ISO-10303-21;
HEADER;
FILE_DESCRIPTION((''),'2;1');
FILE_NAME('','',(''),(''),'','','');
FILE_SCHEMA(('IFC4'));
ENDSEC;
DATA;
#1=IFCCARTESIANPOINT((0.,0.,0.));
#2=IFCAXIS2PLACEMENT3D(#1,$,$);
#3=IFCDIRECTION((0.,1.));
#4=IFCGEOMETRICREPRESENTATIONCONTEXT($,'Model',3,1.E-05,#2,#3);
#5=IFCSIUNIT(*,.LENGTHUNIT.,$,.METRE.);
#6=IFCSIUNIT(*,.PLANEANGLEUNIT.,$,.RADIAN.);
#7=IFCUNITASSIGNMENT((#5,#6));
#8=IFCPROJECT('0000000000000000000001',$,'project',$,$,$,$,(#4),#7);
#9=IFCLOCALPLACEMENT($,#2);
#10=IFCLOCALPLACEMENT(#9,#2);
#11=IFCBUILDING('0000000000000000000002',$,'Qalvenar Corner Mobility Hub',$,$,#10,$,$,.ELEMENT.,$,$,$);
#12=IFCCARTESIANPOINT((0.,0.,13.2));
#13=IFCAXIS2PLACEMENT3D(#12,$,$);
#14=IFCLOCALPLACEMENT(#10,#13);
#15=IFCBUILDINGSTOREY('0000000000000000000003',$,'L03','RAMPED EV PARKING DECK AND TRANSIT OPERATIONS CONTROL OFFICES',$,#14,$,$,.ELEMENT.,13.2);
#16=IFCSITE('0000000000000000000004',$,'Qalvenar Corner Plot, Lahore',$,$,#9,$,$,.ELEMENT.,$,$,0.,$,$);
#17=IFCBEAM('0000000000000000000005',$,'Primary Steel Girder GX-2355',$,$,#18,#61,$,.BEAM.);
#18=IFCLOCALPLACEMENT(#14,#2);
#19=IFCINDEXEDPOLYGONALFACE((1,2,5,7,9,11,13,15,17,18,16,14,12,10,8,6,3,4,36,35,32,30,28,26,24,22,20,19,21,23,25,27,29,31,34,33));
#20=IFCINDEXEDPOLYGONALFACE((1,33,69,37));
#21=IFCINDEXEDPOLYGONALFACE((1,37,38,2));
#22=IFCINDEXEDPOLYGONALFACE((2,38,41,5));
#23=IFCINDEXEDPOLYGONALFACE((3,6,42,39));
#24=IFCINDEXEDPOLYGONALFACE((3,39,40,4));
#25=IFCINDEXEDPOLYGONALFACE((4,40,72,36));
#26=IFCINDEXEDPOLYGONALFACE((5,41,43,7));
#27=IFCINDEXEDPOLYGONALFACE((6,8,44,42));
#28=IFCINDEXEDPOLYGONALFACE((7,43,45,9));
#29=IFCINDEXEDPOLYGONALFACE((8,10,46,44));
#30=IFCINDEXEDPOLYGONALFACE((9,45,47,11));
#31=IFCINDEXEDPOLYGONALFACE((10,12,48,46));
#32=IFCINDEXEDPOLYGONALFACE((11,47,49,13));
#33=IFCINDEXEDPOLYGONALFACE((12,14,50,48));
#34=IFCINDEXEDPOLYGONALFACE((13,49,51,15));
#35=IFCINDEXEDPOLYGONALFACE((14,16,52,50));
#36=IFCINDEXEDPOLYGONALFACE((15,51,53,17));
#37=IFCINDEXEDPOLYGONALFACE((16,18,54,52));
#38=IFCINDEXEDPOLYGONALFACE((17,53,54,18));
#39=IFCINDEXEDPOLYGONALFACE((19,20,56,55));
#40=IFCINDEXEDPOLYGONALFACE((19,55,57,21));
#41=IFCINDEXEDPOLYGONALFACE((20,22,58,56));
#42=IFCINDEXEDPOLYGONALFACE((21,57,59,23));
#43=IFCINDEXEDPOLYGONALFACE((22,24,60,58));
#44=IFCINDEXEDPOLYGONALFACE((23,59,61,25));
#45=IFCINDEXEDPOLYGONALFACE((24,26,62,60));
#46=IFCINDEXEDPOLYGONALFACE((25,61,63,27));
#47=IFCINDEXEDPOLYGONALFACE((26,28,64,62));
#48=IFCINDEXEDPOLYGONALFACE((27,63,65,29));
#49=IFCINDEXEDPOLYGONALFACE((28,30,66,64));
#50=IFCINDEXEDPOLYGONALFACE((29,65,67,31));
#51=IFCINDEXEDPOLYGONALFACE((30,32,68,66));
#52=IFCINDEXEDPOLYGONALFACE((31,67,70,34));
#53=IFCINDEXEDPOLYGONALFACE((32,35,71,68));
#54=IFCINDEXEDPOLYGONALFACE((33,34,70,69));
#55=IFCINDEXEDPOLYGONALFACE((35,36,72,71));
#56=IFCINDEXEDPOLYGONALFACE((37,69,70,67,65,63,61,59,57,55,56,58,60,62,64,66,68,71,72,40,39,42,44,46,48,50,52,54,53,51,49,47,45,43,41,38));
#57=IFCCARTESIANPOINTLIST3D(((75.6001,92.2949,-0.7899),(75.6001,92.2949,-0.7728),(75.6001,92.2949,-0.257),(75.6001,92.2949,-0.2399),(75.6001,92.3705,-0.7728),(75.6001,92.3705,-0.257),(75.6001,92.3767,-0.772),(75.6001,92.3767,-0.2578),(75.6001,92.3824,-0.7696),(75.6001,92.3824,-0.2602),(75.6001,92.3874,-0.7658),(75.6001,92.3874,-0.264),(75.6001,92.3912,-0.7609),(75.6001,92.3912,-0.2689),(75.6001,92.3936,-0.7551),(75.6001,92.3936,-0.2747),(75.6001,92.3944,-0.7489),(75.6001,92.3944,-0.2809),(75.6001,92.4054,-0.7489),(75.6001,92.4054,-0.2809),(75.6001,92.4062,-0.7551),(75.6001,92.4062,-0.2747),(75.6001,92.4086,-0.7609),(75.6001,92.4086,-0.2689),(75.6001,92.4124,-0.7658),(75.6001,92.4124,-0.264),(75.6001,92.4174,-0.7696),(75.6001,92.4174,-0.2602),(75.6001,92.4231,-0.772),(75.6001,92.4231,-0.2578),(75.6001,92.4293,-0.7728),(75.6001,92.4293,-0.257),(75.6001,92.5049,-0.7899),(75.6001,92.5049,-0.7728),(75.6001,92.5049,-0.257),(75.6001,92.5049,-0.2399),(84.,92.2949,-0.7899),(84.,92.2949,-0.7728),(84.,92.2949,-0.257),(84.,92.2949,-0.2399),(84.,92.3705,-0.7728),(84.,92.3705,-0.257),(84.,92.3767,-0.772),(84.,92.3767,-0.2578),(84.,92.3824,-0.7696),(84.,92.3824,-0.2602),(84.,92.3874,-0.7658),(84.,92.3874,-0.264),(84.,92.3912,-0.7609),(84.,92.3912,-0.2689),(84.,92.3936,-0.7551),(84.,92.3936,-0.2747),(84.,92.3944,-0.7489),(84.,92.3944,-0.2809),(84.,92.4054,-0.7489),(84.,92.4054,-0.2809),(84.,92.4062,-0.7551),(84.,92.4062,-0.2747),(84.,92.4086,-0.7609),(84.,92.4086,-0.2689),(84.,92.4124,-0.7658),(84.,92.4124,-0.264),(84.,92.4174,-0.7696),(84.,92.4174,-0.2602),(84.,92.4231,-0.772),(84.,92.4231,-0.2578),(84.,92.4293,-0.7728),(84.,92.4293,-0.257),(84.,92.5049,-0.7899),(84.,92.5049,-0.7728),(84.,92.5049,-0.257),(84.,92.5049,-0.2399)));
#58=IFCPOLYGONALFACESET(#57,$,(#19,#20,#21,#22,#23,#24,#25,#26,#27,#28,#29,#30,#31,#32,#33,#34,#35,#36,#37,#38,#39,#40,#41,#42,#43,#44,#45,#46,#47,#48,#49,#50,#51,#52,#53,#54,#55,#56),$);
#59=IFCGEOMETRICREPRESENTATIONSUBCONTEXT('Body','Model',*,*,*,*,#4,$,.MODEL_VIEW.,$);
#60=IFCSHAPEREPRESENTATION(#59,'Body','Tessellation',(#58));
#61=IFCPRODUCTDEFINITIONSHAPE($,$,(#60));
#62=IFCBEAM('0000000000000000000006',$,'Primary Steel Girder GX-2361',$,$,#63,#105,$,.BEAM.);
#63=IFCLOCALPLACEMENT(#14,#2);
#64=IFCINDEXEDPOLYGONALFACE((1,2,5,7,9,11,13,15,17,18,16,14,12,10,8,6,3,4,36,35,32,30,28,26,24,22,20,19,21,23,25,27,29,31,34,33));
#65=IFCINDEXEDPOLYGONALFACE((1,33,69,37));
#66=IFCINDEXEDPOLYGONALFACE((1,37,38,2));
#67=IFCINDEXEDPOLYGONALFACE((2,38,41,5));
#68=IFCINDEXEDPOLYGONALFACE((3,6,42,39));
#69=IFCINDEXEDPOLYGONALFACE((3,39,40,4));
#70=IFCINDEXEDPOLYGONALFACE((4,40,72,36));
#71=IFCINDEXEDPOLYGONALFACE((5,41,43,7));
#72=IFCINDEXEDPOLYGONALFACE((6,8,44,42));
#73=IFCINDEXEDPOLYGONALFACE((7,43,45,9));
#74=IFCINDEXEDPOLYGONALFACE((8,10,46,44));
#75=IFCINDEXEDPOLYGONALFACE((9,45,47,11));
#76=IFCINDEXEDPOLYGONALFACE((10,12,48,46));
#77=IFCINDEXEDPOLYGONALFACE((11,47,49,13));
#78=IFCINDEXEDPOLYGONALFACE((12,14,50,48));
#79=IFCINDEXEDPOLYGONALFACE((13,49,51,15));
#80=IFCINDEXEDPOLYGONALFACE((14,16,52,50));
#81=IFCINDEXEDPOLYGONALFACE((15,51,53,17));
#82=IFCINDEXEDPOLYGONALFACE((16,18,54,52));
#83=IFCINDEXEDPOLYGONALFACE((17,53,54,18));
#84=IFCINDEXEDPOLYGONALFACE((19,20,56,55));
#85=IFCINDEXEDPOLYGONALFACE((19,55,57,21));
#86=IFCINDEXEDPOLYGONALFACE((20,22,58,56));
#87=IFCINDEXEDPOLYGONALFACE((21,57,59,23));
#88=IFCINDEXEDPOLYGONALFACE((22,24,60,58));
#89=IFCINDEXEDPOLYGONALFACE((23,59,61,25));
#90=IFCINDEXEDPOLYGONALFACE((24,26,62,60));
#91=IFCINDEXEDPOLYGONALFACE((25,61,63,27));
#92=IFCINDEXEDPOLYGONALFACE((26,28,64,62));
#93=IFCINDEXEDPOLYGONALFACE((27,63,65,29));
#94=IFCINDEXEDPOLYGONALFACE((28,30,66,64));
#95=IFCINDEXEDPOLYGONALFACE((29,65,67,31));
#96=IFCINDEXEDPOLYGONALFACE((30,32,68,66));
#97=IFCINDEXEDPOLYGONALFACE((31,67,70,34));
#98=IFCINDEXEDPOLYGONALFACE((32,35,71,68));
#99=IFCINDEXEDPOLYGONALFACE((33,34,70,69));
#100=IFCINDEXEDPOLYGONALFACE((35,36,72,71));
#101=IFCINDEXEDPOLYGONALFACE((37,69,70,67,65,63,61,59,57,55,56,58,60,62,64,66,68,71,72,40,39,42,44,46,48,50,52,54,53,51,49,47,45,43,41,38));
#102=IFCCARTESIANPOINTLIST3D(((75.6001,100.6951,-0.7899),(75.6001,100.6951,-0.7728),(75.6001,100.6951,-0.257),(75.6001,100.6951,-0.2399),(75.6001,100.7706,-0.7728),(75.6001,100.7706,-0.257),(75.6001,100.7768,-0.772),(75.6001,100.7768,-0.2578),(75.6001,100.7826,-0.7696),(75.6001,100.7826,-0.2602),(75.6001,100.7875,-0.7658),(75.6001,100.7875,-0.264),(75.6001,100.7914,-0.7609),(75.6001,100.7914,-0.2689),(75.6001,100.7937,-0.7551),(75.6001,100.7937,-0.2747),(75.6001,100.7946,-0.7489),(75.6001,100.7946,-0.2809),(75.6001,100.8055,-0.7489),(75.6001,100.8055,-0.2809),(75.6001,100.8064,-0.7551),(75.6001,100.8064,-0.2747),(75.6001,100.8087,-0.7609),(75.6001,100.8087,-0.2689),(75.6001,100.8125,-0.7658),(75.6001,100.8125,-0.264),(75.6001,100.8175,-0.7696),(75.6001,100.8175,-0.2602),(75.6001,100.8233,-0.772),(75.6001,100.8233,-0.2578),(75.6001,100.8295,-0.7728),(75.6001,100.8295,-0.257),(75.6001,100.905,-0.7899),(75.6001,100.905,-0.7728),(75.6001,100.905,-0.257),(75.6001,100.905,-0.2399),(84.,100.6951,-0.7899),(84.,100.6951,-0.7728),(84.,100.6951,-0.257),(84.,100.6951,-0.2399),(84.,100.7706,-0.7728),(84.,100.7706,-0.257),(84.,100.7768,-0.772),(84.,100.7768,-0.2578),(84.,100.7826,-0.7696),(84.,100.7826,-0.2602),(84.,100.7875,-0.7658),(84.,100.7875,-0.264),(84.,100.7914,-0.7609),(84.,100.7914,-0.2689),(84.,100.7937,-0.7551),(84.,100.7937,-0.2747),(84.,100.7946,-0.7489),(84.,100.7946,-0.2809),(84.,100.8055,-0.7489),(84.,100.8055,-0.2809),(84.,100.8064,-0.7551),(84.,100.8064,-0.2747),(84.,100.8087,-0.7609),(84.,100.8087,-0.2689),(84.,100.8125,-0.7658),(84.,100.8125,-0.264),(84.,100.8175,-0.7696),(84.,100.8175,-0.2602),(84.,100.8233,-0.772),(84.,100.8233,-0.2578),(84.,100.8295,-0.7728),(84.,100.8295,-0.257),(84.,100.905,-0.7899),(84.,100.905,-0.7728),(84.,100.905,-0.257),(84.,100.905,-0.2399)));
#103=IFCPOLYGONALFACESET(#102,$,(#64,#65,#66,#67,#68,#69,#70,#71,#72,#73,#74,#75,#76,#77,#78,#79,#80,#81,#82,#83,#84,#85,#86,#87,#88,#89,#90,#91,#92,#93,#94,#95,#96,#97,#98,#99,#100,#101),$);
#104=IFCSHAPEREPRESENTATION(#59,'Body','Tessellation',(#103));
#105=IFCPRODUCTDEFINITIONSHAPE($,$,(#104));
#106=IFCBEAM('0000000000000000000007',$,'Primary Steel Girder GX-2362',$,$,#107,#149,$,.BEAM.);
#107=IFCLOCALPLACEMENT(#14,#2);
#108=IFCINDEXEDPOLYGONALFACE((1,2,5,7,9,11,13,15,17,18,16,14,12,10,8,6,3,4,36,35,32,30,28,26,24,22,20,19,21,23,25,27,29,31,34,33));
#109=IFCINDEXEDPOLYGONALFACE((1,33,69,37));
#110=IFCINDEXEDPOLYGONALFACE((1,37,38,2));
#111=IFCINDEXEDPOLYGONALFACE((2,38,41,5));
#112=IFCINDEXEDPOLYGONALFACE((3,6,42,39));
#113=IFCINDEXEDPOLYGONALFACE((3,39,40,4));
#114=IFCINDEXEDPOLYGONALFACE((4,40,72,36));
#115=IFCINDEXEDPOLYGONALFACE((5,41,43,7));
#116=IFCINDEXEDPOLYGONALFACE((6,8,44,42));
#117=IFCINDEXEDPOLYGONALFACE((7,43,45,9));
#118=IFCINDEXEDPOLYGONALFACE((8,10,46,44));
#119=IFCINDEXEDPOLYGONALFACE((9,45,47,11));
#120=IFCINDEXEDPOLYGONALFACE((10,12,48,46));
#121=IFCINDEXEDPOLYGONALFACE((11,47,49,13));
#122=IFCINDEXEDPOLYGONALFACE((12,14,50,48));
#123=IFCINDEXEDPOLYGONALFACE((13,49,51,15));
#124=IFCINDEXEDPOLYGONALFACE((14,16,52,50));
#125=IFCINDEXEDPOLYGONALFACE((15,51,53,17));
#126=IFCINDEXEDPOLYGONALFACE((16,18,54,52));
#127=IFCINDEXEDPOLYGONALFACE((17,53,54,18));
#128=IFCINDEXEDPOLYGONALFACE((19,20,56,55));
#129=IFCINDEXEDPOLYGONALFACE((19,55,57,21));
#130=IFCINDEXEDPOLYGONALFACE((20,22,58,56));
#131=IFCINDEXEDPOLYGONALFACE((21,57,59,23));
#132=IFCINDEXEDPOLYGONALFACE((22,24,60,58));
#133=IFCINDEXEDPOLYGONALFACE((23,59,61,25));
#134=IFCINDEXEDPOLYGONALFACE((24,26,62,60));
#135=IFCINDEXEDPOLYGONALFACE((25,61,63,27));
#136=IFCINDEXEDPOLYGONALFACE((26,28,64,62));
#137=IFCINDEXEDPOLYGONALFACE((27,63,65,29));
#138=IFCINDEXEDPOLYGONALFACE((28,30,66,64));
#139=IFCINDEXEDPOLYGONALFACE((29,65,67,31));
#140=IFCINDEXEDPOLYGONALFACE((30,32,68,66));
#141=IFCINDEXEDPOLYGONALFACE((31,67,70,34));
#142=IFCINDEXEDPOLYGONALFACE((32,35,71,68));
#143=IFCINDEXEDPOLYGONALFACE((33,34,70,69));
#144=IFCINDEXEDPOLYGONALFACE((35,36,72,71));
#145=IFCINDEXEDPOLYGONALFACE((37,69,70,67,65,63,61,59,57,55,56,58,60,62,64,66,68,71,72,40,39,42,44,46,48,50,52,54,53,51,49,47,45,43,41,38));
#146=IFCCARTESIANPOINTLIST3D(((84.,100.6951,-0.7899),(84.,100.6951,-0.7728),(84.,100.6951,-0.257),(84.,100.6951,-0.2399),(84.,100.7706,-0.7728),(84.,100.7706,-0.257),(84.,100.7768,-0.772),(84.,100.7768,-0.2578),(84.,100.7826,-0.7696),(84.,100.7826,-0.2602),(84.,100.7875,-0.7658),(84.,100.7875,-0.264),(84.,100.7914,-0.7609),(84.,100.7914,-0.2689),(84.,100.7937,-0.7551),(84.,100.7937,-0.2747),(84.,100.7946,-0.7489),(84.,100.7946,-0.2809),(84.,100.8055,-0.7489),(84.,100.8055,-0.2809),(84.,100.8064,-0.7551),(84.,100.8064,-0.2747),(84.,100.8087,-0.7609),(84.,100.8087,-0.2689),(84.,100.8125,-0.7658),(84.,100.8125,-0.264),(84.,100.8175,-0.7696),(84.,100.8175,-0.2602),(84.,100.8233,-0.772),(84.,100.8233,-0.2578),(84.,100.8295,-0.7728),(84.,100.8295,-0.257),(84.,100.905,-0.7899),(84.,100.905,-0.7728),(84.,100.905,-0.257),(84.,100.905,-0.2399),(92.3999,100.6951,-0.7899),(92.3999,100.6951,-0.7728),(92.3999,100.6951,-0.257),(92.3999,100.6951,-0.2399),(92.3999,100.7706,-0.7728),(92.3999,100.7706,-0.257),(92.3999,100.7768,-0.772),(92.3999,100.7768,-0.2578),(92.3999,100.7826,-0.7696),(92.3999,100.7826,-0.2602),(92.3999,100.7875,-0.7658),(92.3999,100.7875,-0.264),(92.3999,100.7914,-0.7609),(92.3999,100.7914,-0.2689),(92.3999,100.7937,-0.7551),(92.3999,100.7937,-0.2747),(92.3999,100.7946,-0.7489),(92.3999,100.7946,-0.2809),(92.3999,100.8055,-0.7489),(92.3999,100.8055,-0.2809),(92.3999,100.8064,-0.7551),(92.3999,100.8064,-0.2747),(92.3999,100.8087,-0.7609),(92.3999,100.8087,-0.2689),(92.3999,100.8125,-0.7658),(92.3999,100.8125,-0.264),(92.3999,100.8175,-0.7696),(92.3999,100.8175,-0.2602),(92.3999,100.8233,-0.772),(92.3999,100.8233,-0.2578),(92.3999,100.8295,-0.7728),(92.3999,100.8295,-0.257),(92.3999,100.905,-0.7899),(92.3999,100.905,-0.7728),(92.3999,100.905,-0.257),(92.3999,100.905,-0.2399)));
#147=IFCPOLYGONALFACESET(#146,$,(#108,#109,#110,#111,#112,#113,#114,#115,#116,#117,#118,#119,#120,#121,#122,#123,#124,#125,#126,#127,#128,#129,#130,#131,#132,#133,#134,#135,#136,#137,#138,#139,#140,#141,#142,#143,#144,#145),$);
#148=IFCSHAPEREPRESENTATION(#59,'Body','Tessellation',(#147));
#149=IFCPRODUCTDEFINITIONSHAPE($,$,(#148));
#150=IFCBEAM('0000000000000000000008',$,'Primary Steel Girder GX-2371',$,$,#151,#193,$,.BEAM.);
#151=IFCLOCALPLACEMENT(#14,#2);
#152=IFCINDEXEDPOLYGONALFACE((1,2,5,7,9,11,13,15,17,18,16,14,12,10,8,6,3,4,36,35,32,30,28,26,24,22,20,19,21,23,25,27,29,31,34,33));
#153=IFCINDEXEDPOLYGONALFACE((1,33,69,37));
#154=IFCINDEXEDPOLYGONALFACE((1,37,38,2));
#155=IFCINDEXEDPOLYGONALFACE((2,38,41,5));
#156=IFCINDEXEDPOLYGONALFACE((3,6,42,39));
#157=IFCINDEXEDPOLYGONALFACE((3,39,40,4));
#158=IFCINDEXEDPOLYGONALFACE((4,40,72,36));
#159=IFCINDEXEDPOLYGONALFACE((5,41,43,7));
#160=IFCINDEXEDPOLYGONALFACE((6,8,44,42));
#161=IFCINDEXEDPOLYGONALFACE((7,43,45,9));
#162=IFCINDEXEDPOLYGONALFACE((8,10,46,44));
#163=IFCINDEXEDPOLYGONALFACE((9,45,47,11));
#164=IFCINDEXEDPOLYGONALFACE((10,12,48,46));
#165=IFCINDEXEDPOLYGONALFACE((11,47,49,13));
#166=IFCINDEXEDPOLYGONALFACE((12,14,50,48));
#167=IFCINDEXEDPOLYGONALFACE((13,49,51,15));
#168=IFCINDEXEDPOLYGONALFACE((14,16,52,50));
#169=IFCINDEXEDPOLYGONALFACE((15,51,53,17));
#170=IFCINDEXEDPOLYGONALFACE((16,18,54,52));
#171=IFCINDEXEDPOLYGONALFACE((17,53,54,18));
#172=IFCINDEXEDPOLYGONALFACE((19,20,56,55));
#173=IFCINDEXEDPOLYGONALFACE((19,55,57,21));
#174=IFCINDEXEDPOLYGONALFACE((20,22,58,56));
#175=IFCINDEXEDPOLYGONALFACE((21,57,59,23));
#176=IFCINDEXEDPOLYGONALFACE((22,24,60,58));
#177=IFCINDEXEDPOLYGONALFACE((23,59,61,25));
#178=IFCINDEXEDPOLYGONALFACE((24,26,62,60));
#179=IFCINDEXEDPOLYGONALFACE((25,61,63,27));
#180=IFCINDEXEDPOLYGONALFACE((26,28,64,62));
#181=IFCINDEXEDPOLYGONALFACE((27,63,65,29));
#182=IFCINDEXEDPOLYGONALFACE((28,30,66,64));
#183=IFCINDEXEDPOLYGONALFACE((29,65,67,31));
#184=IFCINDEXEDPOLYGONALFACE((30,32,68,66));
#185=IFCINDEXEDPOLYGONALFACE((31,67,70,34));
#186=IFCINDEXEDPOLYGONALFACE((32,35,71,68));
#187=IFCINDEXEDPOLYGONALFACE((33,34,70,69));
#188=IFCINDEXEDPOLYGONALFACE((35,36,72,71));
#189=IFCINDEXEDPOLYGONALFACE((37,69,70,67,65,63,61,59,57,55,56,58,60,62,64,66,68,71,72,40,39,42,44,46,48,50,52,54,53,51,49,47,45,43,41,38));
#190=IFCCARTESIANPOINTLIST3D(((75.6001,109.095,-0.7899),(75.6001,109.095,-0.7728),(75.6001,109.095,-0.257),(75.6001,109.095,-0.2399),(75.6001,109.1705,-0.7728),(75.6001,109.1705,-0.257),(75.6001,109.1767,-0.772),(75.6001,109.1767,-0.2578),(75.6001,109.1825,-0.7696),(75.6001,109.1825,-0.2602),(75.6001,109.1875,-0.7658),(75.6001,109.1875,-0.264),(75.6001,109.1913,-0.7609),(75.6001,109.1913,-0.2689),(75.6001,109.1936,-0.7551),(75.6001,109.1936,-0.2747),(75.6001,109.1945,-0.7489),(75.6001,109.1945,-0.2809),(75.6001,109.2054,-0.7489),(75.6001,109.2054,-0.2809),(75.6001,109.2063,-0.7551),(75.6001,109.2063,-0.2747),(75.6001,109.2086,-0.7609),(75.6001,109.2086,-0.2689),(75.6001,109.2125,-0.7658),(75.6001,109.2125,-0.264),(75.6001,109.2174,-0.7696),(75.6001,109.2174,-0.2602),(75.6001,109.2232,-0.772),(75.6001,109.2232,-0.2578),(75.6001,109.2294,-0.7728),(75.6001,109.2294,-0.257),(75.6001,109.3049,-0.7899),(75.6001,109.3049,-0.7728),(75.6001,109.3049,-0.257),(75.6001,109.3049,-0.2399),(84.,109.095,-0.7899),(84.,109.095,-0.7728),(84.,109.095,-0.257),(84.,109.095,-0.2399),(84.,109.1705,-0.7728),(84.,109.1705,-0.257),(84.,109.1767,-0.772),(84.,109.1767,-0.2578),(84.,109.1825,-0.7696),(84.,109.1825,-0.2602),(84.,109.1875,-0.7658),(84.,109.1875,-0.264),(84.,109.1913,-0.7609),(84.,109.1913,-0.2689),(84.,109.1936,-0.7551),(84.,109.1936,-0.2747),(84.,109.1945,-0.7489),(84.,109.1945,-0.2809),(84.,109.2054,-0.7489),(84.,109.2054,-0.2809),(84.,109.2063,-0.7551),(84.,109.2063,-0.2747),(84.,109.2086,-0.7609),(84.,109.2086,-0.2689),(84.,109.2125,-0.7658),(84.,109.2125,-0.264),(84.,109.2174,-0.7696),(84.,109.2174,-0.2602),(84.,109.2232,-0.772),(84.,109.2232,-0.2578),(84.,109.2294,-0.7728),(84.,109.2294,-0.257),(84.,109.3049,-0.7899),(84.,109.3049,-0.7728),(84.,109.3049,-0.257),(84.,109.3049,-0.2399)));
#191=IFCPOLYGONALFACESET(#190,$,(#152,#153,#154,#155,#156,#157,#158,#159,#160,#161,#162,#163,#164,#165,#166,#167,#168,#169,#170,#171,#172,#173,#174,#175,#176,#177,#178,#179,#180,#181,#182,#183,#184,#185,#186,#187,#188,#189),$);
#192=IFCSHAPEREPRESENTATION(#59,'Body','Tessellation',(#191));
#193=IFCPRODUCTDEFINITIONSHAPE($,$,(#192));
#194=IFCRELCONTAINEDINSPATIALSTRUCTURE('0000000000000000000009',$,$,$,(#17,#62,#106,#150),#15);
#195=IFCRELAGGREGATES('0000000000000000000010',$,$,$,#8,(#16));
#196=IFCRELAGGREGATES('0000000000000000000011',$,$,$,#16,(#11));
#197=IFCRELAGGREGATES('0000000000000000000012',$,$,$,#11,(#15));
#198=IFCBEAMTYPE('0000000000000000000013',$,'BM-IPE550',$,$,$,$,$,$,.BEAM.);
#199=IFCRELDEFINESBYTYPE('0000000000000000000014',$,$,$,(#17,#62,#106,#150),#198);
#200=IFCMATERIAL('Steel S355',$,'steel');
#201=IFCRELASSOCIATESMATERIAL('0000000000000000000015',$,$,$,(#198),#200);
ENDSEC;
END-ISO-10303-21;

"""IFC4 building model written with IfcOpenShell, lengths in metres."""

from ifc_helpers import new_model, si_unit, direction, frame, origin, origin_2d, place, context, subcontext, project, spatial, i_section, extrude, material, material_profile, profile_set, type_object, element, save


model = new_model("IFC4")

# Units and contexts
model_context = context("Model", 3, precision=1e-05, world=origin(), true_north=direction((0.0, 1.0)))
body_context = subcontext(model_context, "Body", "Model", "MODEL_VIEW")
ifc_project = project(units=[si_unit("LENGTHUNIT", "METRE"), si_unit("PLANEANGLEUNIT", "RADIAN")], contexts=[model_context])

# Site, building, storey
site_placement = place(None, origin())
site = spatial("IfcSite", under=ifc_project, at=site_placement, Name="Qalvenar Corner Plot, Lahore", CompositionType="ELEMENT", RefElevation=0.0)
building_placement = place(site_placement, origin())
building = spatial("IfcBuilding", under=site, at=building_placement, Name="Qalvenar Corner Mobility Hub", CompositionType="ELEMENT")
storey_placement = place(building_placement, frame((0.0, 0.0, 13.2)))
storey = spatial("IfcBuildingStorey", under=building, at=storey_placement, Name="L03", Description="RAMPED EV PARKING DECK AND TRANSIT OPERATIONS CONTROL OFFICES", CompositionType="ELEMENT", Elevation=13.2)

# Shared definitions
ifc_material = material(Name="Steel S355", Category="steel")

# Beams
ifc_material_profile_1 = material_profile(ifc_material, i_section(OverallWidth=0.21, OverallDepth=0.55, WebThickness=0.011, FlangeThickness=0.0171, FilletRadius=0.0239, at=origin_2d()), Name="IPE550")
ifc_profile_set_1 = profile_set([ifc_material_profile_1], Name="Steel S355")
beam_type_1 = type_object("IfcBeamType", Name="BM-IPE550", PredefinedType="BEAM", material=ifc_profile_set_1)
for number, where, z_axis, x_axis, name in (
    (1, (75.6001, 92.3999, -0.5149), (1.0, 0.0, 0.0), (0.0, 1.0, 0.0), "Primary Steel Girder GX-2355"),
    (2, (75.6001, 100.8, -0.5149), (1.0, 0.0, 0.0), (0.0, 1.0, 0.0), "Primary Steel Girder GX-2361"),
    (3, (84.0, 100.8, -0.5149), (1.0, 0.0, 0.0), (0.0, 1.0, 0.0), "Primary Steel Girder GX-2362"),
    (4, (75.6001, 109.2, -0.5149), (1.0, 0.0, 0.0), (0.0, 1.0, 0.0), "Primary Steel Girder GX-2371"),
):
    element("IfcBeam", number, at=place(storey_placement, frame(where, z_axis=z_axis, x_axis=x_axis)), inside=storey, type_object=beam_type_1, Name=name, PredefinedType="BEAM", context=body_context, shape_type="SweptSolid", body=[
        extrude(i_section(OverallWidth=0.21, OverallDepth=0.55, WebThickness=0.011, FlangeThickness=0.0171, FilletRadius=0.0239, at=origin_2d()), origin(), (0.0, 0.0, 1.0), 8.3999),
    ])

save(model, "model.ifc")
